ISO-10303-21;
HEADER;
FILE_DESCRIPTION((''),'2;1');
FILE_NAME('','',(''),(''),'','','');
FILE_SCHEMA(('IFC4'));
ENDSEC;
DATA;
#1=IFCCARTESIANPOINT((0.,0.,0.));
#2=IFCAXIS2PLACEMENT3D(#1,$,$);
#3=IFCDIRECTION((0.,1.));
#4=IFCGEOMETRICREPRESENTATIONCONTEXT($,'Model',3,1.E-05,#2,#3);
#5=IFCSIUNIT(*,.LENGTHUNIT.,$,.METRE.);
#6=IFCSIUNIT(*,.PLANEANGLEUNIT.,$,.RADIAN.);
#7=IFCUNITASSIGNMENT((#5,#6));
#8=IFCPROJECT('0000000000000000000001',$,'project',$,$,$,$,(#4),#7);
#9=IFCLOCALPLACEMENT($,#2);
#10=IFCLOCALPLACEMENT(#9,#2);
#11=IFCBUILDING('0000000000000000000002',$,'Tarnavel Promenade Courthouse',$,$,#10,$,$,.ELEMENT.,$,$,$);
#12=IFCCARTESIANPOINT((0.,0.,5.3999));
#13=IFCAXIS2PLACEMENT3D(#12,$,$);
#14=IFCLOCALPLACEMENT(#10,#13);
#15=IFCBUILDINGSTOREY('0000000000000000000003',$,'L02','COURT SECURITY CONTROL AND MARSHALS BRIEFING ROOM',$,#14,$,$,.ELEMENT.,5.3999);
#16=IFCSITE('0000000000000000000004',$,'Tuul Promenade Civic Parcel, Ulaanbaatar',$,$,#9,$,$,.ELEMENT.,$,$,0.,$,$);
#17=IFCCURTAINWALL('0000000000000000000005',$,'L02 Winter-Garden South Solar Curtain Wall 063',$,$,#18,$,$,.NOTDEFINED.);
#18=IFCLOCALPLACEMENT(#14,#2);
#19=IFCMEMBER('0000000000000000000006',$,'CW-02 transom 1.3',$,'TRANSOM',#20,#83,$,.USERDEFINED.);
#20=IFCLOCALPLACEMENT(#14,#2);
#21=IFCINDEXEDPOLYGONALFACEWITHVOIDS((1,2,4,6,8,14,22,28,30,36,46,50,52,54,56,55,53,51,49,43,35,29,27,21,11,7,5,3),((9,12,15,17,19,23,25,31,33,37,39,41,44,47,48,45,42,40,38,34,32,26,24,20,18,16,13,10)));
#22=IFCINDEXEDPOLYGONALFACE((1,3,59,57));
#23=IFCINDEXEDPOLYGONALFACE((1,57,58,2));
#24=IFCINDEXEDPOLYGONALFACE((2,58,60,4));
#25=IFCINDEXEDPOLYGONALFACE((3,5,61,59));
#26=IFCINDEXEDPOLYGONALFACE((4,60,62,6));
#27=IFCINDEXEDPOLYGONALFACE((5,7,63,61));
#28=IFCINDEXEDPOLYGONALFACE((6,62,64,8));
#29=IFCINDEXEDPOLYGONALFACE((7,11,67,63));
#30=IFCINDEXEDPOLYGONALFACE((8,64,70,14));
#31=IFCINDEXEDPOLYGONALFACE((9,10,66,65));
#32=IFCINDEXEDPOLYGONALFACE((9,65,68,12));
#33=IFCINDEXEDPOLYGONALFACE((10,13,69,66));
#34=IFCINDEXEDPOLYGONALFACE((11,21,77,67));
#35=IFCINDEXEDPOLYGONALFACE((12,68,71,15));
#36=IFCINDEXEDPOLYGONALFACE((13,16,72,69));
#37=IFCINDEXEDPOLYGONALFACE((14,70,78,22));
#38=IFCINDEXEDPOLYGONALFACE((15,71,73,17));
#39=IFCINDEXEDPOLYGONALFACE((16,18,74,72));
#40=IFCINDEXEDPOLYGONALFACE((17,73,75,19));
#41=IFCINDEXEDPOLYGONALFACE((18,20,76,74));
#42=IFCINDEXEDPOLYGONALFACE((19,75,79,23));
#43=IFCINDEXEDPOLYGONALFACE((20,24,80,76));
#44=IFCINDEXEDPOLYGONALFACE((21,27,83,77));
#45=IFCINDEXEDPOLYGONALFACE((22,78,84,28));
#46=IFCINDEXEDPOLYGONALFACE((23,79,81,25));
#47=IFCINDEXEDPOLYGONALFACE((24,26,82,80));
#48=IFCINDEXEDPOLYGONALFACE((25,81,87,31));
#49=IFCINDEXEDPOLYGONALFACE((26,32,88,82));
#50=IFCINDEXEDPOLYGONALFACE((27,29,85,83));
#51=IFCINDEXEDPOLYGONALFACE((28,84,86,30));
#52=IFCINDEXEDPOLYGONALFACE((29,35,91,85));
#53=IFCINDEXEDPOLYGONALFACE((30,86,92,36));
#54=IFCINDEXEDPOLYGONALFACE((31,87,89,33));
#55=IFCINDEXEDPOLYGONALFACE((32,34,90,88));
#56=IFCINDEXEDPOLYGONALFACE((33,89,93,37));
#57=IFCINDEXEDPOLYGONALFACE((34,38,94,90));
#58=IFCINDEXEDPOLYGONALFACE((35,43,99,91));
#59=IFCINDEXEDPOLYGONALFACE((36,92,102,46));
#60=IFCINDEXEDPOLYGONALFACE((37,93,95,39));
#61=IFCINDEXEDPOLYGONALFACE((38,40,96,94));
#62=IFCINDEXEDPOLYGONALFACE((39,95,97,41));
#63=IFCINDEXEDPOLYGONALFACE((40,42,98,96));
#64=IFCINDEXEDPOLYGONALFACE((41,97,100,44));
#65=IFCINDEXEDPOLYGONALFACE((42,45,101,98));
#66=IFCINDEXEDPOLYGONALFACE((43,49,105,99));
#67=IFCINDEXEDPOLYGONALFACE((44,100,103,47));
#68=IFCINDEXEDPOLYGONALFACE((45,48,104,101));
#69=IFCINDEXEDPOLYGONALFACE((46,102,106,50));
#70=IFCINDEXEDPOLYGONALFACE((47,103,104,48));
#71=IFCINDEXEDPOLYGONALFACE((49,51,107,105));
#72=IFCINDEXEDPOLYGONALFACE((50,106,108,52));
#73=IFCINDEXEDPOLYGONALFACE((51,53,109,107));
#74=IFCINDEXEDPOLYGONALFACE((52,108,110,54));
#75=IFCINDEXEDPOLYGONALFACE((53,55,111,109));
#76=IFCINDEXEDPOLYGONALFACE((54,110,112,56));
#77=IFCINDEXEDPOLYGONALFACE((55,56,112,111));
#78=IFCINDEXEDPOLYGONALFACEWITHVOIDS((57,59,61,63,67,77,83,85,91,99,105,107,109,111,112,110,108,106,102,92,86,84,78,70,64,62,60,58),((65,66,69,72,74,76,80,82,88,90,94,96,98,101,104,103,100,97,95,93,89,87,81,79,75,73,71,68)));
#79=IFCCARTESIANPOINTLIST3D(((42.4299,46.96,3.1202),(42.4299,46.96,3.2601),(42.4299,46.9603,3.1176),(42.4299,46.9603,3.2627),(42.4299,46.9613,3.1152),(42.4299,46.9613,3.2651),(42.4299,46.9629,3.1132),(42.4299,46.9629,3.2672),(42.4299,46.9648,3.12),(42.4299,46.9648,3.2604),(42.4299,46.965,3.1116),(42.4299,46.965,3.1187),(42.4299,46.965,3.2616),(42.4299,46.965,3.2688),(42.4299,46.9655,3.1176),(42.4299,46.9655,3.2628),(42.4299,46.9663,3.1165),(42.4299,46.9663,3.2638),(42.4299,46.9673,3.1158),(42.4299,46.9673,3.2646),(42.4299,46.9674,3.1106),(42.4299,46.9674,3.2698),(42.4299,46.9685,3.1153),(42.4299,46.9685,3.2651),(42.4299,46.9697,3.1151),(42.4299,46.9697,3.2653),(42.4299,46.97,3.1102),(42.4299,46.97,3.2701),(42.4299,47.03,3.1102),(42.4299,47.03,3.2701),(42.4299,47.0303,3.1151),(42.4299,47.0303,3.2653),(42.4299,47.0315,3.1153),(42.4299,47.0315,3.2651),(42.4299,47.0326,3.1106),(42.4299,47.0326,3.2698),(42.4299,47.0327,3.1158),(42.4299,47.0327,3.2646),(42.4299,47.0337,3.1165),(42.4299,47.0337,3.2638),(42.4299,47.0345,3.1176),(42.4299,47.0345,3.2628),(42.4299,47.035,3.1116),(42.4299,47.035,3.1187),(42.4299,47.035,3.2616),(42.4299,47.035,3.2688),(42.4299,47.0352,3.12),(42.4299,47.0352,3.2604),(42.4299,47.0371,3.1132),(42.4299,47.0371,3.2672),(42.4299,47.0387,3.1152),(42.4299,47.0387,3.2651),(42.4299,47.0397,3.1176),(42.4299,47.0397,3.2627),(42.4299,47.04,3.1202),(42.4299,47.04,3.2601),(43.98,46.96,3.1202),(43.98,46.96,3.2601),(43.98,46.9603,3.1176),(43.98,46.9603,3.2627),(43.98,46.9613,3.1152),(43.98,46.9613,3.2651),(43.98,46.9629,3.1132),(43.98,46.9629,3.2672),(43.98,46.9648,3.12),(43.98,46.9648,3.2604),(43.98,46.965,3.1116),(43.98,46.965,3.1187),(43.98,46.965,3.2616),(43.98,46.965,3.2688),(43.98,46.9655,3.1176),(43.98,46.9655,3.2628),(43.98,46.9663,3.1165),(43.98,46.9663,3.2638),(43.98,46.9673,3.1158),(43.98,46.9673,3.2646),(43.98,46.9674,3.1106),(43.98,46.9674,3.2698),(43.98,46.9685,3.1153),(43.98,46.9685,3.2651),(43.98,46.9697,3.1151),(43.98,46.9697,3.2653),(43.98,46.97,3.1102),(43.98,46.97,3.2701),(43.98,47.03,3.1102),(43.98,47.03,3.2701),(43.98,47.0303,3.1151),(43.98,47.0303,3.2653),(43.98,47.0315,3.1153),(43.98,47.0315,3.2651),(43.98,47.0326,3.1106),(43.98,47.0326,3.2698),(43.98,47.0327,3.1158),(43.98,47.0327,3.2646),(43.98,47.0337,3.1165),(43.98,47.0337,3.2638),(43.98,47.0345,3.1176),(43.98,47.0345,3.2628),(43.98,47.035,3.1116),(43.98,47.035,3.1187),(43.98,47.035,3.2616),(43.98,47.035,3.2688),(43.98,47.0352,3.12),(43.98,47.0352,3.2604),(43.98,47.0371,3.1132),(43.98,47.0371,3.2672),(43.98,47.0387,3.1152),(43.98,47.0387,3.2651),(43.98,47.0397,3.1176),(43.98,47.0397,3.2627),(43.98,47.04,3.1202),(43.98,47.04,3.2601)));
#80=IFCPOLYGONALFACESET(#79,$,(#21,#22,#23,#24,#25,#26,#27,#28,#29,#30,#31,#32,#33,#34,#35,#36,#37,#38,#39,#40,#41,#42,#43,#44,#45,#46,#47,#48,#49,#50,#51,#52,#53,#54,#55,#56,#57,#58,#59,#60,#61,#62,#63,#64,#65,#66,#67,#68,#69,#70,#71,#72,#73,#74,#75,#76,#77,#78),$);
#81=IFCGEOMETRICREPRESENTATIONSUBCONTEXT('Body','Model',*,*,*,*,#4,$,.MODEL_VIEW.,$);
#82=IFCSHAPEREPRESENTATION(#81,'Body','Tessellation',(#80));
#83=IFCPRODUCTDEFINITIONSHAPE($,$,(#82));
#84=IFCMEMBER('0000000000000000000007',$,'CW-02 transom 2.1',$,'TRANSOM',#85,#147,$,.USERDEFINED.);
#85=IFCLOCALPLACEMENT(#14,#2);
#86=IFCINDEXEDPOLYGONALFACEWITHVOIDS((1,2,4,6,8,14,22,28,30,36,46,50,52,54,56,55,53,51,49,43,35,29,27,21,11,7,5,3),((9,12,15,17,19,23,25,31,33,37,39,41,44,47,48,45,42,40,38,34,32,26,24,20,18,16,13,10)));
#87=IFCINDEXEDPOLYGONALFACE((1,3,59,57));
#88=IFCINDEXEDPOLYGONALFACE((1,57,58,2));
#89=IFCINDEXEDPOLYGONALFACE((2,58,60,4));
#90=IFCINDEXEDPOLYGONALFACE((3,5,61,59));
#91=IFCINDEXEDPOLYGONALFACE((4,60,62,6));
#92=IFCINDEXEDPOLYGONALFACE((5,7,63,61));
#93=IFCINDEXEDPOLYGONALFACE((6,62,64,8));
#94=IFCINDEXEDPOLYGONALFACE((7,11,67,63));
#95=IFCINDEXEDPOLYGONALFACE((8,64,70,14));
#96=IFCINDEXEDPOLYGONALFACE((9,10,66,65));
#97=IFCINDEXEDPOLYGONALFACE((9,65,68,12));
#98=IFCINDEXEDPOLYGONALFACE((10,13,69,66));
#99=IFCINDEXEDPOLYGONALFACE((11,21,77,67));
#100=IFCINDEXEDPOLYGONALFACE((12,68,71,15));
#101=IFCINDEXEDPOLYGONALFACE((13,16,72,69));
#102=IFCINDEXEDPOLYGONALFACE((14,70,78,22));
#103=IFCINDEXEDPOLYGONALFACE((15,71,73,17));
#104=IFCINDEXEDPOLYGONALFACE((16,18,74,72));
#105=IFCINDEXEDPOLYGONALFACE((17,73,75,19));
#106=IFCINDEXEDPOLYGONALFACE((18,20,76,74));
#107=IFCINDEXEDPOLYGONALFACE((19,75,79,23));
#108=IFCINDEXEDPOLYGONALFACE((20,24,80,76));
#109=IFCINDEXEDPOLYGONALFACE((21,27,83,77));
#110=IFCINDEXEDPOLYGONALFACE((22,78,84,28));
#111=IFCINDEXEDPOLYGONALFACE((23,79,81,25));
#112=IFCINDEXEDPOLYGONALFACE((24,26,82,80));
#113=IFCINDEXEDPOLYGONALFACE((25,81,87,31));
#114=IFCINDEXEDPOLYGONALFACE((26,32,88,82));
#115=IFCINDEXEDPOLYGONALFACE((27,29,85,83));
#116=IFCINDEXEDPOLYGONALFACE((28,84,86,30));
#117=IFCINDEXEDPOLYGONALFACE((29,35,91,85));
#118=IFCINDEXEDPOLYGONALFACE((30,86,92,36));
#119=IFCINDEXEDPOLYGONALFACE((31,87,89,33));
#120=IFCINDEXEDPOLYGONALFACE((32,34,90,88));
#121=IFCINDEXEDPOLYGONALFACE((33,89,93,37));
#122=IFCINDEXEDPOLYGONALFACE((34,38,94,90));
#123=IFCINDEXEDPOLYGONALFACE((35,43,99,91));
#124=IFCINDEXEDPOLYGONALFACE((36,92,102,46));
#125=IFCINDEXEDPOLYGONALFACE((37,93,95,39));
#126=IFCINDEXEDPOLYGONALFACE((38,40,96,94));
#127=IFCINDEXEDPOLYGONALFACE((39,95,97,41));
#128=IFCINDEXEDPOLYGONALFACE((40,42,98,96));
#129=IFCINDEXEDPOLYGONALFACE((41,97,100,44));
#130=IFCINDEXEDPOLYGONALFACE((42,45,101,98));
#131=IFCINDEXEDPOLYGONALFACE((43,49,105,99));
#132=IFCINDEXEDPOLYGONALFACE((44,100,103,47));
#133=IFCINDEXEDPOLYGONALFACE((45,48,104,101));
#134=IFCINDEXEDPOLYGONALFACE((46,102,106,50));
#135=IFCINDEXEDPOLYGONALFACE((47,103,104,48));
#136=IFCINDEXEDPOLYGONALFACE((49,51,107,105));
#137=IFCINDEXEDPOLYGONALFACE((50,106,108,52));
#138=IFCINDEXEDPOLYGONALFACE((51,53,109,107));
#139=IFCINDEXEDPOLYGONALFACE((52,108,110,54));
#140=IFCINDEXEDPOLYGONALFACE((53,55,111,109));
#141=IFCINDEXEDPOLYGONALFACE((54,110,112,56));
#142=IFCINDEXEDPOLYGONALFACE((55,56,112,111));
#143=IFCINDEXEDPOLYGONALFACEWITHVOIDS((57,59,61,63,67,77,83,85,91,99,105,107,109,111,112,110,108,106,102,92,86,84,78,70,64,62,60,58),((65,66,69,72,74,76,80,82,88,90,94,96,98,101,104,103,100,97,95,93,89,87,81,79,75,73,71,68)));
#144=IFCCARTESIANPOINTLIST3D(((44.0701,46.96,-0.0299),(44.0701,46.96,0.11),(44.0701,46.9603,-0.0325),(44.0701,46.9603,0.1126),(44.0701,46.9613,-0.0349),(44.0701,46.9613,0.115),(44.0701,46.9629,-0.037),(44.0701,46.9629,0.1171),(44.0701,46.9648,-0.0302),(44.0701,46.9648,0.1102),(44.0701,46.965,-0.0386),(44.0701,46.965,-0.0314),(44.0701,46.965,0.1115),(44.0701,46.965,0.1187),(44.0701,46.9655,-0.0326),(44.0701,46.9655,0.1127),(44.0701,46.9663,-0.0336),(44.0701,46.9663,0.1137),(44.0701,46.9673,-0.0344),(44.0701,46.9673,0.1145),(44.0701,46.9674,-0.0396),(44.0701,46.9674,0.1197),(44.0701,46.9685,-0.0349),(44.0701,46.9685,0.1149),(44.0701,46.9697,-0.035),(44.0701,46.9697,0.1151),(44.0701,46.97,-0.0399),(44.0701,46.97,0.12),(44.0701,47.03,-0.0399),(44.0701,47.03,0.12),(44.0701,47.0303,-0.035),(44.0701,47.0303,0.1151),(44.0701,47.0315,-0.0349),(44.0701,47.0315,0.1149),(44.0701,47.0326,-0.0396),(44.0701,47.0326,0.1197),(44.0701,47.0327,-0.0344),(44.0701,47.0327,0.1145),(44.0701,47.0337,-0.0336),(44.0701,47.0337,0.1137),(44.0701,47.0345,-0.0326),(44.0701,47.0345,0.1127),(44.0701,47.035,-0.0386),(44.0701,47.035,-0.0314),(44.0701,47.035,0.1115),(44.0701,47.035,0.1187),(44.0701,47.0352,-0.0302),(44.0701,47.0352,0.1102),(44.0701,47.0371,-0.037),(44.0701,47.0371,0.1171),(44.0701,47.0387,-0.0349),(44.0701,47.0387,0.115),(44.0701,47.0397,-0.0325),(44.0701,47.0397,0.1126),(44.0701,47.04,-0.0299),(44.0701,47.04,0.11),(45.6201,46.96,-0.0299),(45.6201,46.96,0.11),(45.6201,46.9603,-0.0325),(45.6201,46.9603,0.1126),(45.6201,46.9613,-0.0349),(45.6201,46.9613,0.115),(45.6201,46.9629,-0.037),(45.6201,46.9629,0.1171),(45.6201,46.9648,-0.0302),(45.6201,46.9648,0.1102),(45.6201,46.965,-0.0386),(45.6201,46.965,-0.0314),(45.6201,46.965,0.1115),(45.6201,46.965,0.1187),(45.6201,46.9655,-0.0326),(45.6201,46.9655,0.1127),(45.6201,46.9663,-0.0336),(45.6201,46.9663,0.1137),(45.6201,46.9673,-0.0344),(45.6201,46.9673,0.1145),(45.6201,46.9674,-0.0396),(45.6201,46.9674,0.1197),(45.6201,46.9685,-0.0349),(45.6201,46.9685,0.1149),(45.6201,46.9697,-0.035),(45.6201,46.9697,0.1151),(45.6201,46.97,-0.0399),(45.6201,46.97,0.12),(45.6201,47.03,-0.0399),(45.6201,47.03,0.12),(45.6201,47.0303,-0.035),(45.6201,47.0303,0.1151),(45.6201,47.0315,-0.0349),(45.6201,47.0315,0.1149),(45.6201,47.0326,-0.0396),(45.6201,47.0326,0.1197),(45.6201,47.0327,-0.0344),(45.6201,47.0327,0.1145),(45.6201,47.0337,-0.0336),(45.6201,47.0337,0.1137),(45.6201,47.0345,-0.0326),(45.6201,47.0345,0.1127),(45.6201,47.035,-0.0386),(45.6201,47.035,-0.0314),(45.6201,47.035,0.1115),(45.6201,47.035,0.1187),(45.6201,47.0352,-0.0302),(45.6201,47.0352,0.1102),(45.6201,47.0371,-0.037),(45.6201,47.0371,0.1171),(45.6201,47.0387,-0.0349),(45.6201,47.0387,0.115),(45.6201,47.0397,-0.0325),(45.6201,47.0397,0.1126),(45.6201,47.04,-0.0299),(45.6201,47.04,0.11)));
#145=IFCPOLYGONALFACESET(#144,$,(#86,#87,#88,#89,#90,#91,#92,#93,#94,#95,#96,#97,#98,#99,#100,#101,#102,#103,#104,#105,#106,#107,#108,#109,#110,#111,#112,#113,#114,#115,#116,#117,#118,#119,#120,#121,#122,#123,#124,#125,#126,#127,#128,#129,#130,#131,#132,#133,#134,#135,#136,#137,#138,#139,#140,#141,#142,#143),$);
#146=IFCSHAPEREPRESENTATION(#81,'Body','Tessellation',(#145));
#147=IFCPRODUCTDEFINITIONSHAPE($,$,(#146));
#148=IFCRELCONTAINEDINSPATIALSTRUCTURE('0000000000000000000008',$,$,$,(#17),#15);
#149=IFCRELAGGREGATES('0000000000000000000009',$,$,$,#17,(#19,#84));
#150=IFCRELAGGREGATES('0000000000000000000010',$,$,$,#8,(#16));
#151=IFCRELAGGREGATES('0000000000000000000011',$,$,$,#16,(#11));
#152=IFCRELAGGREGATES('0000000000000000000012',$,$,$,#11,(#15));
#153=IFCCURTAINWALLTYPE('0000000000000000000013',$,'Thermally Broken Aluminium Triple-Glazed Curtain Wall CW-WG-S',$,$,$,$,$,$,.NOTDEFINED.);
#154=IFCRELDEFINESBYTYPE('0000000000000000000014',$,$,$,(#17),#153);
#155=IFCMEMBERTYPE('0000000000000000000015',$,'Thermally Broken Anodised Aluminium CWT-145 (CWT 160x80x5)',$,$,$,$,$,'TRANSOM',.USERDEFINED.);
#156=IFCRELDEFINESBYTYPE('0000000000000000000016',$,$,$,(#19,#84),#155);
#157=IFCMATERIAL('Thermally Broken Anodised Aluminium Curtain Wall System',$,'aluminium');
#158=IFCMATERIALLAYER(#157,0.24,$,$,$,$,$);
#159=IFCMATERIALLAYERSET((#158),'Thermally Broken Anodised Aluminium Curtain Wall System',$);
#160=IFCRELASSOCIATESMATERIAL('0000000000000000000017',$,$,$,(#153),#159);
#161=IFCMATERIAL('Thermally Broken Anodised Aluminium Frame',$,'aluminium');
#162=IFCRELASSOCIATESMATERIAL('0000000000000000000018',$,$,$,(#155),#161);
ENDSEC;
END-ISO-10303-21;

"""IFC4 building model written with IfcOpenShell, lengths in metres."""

from ifc_helpers import new_model, si_unit, direction, frame, origin, origin_2d, place, context, subcontext, project, spatial, hollow_rectangle, extrude, material, layer, layer_set, material_profile, profile_set, type_object, element, aggregate, save


model = new_model("IFC4")

# Units and contexts
model_context = context("Model", 3, precision=1e-05, world=origin(), true_north=direction((0.0, 1.0)))
body_context = subcontext(model_context, "Body", "Model", "MODEL_VIEW")
ifc_project = project(units=[si_unit("LENGTHUNIT", "METRE"), si_unit("PLANEANGLEUNIT", "RADIAN")], contexts=[model_context])

# Site, building, storey
site_placement = place(None, origin())
site = spatial("IfcSite", under=ifc_project, at=site_placement, Name="Tuul Promenade Civic Parcel, Ulaanbaatar", CompositionType="ELEMENT", RefElevation=0.0)
building_placement = place(site_placement, origin())
building = spatial("IfcBuilding", under=site, at=building_placement, Name="Tarnavel Promenade Courthouse", CompositionType="ELEMENT")
storey_placement = place(building_placement, frame((0.0, 0.0, 5.3999)))
storey = spatial("IfcBuildingStorey", under=building, at=storey_placement, Name="L02", Description="COURT SECURITY CONTROL AND MARSHALS BRIEFING ROOM", CompositionType="ELEMENT", Elevation=5.3999)

# Curtain wall
ifc_material_1 = material(Name="Thermally Broken Anodised Aluminium Curtain Wall System", Category="aluminium")
ifc_layer_1 = layer(ifc_material_1, 0.24)
ifc_layer_set_1 = layer_set([ifc_layer_1], Name="Thermally Broken Anodised Aluminium Curtain Wall System")
curtain_wall_type = type_object("IfcCurtainWallType", Name="Thermally Broken Aluminium Triple-Glazed Curtain Wall CW-WG-S", PredefinedType="NOTDEFINED", material=ifc_layer_set_1)
ifc_material_2 = material(Name="Thermally Broken Anodised Aluminium Frame", Category="aluminium")
curtain_wall_1_placement = place(storey_placement, origin())
curtain_wall_1 = element("IfcCurtainWall", 1, at=curtain_wall_1_placement, inside=storey, type_object=curtain_wall_type, Name="L02 Winter-Garden South Solar Curtain Wall 063", PredefinedType="NOTDEFINED")

# Members
ifc_material_profile_1 = material_profile(ifc_material_2, hollow_rectangle(XDim=0.0801, YDim=0.1599, WallThickness=0.0049, InnerFilletRadius=0.0049, OuterFilletRadius=0.01, at=origin_2d()), Name="CWT 160x80x5")
ifc_profile_set_1 = profile_set([ifc_material_profile_1], Name="Thermally Broken Anodised Aluminium Frame")
member_type_1 = type_object("IfcMemberType", Name="Thermally Broken Anodised Aluminium CWT-145 (CWT 160x80x5)", ElementType="TRANSOM", PredefinedType="USERDEFINED", material=ifc_profile_set_1)
member_1_placement = place(storey_placement, frame((42.4299, 47.0, 3.1902), z_axis=(1.0, 0.0, 0.0), x_axis=(0.0, 1.0, 0.0)))
member_1 = element("IfcMember", 2, at=member_1_placement, type_object=member_type_1, Name="CW-02 transom 1.3", ObjectType="TRANSOM", PredefinedType="USERDEFINED", context=body_context, shape_type="SweptSolid", body=[
    extrude(hollow_rectangle(XDim=0.0801, YDim=0.1599, WallThickness=0.0049, InnerFilletRadius=0.0049, OuterFilletRadius=0.01, at=origin_2d()), origin(), (0.0, 0.0, 1.0), 1.55),
])
member_2_placement = place(storey_placement, frame((44.0701, 47.0, 0.04), z_axis=(1.0, 0.0, 0.0), x_axis=(0.0, 1.0, 0.0)))
member_2 = element("IfcMember", 3, at=member_2_placement, type_object=member_type_1, Name="CW-02 transom 2.1", ObjectType="TRANSOM", PredefinedType="USERDEFINED", context=body_context, shape_type="SweptSolid", body=[
    extrude(hollow_rectangle(XDim=0.0801, YDim=0.1599, WallThickness=0.0049, InnerFilletRadius=0.0049, OuterFilletRadius=0.01, at=origin_2d()), origin(), (0.0, 0.0, 1.0), 1.55),
])

aggregate(curtain_wall_1, [member_1, member_2])

save(model, "model.ifc")
